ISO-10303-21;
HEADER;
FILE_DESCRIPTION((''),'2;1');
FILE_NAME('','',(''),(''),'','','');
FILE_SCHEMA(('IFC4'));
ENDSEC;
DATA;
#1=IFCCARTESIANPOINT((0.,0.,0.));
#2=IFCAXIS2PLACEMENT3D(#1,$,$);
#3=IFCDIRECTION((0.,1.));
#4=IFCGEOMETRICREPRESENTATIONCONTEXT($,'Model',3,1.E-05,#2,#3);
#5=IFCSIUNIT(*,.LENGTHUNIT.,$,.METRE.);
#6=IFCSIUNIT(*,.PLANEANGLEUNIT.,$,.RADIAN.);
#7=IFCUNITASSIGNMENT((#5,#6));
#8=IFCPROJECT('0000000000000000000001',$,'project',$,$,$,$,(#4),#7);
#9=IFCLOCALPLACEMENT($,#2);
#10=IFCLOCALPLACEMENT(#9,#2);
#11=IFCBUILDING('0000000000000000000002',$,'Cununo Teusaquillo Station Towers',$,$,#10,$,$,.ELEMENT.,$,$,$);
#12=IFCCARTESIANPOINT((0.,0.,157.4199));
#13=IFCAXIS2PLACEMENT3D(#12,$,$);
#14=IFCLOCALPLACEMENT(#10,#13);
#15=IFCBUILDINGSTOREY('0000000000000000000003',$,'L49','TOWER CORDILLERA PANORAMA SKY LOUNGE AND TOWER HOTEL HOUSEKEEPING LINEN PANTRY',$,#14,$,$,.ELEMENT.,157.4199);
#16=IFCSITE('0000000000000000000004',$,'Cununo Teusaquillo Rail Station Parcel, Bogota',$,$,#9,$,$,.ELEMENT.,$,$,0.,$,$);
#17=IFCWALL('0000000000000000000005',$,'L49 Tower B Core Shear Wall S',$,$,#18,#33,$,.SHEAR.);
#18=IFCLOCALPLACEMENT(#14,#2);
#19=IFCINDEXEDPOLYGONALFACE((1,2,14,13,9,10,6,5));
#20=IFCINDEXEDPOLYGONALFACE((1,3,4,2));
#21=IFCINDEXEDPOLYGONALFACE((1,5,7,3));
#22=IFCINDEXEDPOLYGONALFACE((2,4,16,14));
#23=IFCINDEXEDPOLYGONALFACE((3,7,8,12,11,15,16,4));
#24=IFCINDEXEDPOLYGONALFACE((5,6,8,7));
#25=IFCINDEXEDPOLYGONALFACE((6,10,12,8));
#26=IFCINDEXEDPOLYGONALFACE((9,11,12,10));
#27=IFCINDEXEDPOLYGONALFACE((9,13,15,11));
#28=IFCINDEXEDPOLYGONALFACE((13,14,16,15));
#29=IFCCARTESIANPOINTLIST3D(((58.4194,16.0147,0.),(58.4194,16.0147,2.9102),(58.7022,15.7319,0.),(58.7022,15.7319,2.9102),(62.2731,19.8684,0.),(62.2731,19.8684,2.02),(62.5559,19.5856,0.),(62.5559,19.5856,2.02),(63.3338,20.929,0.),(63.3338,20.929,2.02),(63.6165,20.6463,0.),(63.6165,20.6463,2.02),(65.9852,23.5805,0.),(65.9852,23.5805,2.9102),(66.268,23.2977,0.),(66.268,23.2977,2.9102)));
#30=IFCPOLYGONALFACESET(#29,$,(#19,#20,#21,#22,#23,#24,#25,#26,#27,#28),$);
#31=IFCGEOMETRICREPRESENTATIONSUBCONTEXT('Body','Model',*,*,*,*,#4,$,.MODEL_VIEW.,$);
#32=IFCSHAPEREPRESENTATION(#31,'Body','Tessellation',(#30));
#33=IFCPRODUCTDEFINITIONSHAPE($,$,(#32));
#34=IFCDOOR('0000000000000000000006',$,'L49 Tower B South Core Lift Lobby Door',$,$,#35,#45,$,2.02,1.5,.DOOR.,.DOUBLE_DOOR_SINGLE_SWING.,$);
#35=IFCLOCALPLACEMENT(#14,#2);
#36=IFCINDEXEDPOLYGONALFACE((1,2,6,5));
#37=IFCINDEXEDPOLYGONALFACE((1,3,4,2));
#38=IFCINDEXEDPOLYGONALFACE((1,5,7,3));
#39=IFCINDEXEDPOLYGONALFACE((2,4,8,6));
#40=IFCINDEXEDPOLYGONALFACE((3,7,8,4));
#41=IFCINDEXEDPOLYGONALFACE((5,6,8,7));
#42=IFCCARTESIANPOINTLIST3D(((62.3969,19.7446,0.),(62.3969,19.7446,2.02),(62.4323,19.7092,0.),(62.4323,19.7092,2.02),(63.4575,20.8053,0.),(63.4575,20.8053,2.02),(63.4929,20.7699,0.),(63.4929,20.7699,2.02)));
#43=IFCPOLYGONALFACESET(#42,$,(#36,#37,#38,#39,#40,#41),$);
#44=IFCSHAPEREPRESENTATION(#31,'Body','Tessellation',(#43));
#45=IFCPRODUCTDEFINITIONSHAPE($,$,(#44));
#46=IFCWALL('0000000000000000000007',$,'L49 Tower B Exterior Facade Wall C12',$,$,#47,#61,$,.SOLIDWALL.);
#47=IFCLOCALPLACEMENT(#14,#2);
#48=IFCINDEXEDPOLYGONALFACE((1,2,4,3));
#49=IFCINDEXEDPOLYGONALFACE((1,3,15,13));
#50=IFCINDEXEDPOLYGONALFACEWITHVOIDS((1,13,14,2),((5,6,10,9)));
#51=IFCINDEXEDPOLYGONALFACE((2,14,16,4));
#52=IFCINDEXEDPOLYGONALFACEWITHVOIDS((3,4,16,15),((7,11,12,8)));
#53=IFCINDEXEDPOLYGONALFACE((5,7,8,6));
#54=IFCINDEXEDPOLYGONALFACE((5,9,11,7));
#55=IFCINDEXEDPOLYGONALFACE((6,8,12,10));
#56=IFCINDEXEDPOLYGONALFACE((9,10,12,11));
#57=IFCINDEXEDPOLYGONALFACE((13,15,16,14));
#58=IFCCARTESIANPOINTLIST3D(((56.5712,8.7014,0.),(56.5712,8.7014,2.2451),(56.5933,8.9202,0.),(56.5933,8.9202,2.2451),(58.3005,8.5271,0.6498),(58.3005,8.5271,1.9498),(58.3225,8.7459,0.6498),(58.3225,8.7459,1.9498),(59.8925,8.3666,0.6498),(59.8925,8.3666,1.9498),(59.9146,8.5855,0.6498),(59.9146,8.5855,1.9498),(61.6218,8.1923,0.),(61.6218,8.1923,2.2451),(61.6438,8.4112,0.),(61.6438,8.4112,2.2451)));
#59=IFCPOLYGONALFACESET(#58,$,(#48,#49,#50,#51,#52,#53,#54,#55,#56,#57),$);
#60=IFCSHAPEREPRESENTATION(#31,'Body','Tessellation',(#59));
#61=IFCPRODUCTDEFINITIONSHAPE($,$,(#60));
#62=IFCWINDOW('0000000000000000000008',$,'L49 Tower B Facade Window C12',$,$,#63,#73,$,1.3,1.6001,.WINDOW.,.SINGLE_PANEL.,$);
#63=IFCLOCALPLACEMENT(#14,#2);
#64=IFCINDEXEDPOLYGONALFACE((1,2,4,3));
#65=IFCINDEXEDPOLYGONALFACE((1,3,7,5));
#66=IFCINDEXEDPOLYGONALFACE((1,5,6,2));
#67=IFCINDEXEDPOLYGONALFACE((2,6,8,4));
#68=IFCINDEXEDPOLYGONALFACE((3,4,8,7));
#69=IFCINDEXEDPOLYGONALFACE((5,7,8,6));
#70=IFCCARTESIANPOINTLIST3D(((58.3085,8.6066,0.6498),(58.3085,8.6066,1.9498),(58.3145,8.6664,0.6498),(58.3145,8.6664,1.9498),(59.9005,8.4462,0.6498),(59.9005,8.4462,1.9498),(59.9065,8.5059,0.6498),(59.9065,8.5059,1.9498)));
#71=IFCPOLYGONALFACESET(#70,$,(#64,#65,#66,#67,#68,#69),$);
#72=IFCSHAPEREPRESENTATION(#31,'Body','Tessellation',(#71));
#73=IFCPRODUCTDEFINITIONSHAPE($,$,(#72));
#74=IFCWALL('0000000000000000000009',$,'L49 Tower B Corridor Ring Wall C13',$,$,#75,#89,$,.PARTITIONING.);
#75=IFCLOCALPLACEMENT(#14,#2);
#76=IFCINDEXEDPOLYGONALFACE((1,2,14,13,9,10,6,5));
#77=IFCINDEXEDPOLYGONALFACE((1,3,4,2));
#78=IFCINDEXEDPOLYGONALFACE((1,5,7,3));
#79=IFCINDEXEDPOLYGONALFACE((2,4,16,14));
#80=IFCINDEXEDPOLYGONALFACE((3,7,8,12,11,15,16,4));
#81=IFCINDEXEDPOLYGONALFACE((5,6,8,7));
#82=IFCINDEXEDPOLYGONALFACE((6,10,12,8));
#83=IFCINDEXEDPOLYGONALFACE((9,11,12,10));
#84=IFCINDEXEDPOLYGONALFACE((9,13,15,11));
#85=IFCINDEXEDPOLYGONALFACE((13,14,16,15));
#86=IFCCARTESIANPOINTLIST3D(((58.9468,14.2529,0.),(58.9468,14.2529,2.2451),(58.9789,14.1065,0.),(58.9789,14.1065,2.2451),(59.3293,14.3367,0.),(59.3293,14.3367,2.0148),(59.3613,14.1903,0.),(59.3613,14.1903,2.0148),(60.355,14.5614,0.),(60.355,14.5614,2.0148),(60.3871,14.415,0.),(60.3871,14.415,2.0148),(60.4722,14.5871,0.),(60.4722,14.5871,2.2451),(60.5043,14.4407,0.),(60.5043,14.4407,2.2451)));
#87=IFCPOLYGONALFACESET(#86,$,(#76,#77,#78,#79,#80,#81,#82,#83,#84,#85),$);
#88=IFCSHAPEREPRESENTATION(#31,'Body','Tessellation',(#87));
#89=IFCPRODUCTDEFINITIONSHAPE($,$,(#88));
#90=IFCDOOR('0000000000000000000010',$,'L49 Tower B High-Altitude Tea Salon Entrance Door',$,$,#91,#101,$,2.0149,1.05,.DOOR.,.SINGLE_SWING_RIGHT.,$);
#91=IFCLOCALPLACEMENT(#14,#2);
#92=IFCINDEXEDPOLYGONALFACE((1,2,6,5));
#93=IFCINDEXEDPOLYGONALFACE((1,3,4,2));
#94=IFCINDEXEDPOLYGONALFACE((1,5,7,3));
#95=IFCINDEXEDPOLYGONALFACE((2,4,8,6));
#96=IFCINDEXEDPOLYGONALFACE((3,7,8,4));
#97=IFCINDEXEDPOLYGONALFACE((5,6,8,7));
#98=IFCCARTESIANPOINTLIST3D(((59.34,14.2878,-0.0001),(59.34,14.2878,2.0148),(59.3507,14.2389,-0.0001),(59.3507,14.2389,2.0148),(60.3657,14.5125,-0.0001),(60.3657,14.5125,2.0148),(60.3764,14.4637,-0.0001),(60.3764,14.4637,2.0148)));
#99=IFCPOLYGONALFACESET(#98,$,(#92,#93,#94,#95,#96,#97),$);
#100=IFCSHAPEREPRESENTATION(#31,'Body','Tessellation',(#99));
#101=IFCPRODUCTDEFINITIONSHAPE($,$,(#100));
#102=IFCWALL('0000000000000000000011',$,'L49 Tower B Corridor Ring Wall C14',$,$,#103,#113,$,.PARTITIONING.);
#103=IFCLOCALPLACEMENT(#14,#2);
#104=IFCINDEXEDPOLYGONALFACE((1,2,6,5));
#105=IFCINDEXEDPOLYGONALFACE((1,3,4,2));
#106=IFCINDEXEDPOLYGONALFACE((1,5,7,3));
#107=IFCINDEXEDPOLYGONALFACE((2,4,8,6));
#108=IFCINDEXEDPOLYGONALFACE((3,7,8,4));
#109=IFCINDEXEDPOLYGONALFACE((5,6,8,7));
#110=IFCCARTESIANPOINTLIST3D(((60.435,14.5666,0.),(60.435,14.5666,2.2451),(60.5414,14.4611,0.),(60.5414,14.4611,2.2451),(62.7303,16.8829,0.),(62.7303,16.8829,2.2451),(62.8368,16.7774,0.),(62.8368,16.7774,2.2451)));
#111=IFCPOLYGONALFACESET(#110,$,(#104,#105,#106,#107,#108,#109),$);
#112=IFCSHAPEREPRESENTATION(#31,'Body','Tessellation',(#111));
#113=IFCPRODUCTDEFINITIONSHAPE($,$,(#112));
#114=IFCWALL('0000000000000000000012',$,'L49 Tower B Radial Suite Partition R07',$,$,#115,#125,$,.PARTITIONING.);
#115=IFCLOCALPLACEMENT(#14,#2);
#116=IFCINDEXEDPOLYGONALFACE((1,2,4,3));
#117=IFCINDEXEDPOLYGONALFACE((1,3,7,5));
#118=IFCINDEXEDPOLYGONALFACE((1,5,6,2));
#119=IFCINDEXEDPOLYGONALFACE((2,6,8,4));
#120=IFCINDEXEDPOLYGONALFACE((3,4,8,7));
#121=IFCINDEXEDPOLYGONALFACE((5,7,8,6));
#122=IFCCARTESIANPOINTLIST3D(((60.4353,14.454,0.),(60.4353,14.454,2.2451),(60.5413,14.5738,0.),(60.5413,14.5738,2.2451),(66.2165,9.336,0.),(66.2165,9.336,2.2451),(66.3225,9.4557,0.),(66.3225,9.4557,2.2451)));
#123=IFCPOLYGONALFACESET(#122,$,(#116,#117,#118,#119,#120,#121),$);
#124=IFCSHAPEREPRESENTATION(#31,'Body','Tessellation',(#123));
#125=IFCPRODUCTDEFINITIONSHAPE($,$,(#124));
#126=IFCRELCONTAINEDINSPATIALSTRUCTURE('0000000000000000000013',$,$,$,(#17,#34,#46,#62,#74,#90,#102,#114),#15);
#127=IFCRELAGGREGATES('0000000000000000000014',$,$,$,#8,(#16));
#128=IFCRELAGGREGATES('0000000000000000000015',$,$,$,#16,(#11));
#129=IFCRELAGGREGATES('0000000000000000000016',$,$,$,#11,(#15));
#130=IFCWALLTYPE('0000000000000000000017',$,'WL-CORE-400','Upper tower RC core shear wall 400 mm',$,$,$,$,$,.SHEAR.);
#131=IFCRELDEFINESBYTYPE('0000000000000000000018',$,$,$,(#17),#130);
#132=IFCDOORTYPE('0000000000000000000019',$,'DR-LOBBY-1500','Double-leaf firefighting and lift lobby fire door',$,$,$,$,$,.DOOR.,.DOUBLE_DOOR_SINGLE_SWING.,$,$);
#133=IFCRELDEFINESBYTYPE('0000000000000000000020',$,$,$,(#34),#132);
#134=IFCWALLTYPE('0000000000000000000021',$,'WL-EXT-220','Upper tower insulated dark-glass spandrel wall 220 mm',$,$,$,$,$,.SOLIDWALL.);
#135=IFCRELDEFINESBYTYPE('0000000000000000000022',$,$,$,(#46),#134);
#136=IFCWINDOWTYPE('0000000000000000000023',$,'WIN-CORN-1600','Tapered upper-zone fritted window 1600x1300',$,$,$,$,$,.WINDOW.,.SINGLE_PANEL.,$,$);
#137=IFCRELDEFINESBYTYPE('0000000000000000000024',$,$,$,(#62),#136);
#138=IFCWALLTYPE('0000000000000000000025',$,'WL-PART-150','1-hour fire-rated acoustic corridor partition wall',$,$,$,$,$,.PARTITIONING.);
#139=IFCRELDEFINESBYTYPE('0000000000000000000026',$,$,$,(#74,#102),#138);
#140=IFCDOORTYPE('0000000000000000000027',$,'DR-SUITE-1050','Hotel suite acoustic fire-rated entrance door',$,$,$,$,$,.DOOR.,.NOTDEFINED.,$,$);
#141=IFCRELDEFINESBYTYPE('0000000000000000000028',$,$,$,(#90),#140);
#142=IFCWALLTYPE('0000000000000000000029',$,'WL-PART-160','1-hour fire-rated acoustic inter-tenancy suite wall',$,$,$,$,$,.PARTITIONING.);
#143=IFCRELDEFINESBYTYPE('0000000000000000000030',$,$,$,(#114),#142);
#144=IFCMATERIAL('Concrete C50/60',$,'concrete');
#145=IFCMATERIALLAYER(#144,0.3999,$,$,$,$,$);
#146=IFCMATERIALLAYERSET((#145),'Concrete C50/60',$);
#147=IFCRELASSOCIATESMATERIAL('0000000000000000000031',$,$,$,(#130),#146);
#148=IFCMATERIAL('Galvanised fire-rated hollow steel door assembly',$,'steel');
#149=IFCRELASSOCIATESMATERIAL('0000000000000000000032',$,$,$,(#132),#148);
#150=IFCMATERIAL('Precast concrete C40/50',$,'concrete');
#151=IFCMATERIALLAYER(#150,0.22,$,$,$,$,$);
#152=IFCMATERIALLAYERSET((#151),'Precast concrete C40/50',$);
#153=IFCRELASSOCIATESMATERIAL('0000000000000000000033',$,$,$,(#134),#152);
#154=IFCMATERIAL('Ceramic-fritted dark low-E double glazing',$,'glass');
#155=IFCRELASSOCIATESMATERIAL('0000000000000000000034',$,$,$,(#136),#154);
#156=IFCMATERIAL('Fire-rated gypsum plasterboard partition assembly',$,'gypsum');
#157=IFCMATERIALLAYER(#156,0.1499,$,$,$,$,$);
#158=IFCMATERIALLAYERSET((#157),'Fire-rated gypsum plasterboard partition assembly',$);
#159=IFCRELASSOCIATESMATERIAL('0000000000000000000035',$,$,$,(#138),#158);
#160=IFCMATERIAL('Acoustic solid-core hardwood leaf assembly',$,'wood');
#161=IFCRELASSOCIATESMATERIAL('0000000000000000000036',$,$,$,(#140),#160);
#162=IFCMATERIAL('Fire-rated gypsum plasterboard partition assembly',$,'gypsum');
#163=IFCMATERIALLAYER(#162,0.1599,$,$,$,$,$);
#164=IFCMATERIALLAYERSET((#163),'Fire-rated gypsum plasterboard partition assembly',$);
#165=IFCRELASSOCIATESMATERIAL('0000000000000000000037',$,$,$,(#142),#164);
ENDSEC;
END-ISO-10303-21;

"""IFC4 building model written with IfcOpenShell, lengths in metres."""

from ifc_helpers import new_model, si_unit, direction, frame, frame_2d, origin, place, context, subcontext, project, spatial, rectangle, extrude, source, transform, mapped, material, layer, layer_set, type_object, element, fill, save


model = new_model("IFC4")

# Units and contexts
model_context = context("Model", 3, precision=1e-05, world=origin(), true_north=direction((0.0, 1.0)))
body_context = subcontext(model_context, "Body", "Model", "MODEL_VIEW")
ifc_project = project(units=[si_unit("LENGTHUNIT", "METRE"), si_unit("PLANEANGLEUNIT", "RADIAN")], contexts=[model_context])

# Site, building, storey
site_placement = place(None, origin())
site = spatial("IfcSite", under=ifc_project, at=site_placement, Name="Cununo Teusaquillo Rail Station Parcel, Bogota", CompositionType="ELEMENT", RefElevation=0.0)
building_placement = place(site_placement, origin())
building = spatial("IfcBuilding", under=site, at=building_placement, Name="Cununo Teusaquillo Station Towers", CompositionType="ELEMENT")
storey_placement = place(building_placement, frame((0.0, 0.0, 157.4199)))
storey = spatial("IfcBuildingStorey", under=building, at=storey_placement, Name="L49", Description="TOWER CORDILLERA PANORAMA SKY LOUNGE AND TOWER HOTEL HOUSEKEEPING LINEN PANTRY", CompositionType="ELEMENT", Elevation=157.4199)

# Shared definitions
ifc_material_1 = material(Name="Concrete C50/60", Category="concrete")
ifc_layer_1 = layer(ifc_material_1, 0.3999)
ifc_layer_set_1 = layer_set([ifc_layer_1], Name="Concrete C50/60")
wall_type_1 = type_object("IfcWallType", Name="WL-CORE-400", Description="Upper tower RC core shear wall 400 mm", PredefinedType="SHEAR", material=ifc_layer_set_1)

# Wall, opening, door
wall_1_placement = place(storey_placement, frame((58.5608, 15.8733, 0.0), z_axis=(0.0, 0.0, 1.0), x_axis=(0.707107, 0.707107, 0.0)))
wall_1 = element("IfcWall", 1, at=wall_1_placement, inside=storey, type_object=wall_type_1, Name="L49 Tower B Core Shear Wall S", PredefinedType="SHEAR", context=body_context, shape_type="SweptSolid", body=[
    extrude(rectangle(XDim=10.6997, YDim=0.3999, at=frame_2d((5.3499, 0.0))), origin(), (0.0, 0.0, 1.0), 2.9102),
])
shared_shape_1 = source(origin(), body_context, "Body", "SweptSolid", [
    extrude(rectangle(XDim=1.5, YDim=2.02, at=frame_2d((0.75, 1.01))), frame((0.0, 0.21, 0.0), z_axis=(0.0, -1.0, 0.0), x_axis=(1.0, 0.0, 0.0)), (0.0, 0.0, 1.0), 0.4199),
])
opening_1_placement = place(wall_1_placement, frame((5.45, 0.0, 0.0)))
opening_1 = element("IfcOpeningElement", 2, at=opening_1_placement, cuts=wall_1, PredefinedType="OPENING", context=body_context, shape_type="MappedRepresentation", body=[
    mapped(shared_shape_1, transform((0.0, 0.0, 0.0), x_axis=(1.0, 0.0, 0.0), y_axis=(0.0, 1.0, 0.0), z_axis=(0.0, 0.0, 1.0), scale=1.0)),
])
ifc_material_2 = material(Name="Galvanised fire-rated hollow steel door assembly", Category="steel")
door_type_1 = type_object("IfcDoorType", Name="DR-LOBBY-1500", Description="Double-leaf firefighting and lift lobby fire door", OperationType="DOUBLE_DOOR_SINGLE_SWING", PredefinedType="DOOR", material=ifc_material_2)
shared_shape_2 = source(origin(), body_context, "Body", "SweptSolid", [
    extrude(rectangle(XDim=1.5, YDim=2.02, at=frame_2d((0.75, 1.01))), frame((0.0, 0.0249, 0.0), z_axis=(0.0, -1.0, 0.0), x_axis=(1.0, 0.0, 0.0)), (0.0, 0.0, 1.0), 0.05),
])
door_1_placement = place(opening_1_placement, origin())
door_1 = element("IfcDoor", 3, at=door_1_placement, inside=storey, type_object=door_type_1, Name="L49 Tower B South Core Lift Lobby Door", OperationType="DOUBLE_DOOR_SINGLE_SWING", OverallHeight=2.02, OverallWidth=1.5, PredefinedType="DOOR", context=body_context, shape_type="MappedRepresentation", body=[
    mapped(shared_shape_2, transform((0.0, 0.0, 0.0), x_axis=(1.0, 0.0, 0.0), y_axis=(0.0, 1.0, 0.0), z_axis=(0.0, 0.0, 1.0), scale=1.0)),
])
fill(opening_1, door_1)

# Wall, opening, window
ifc_material_3 = material(Name="Precast concrete C40/50", Category="concrete")
ifc_layer_2 = layer(ifc_material_3, 0.22)
ifc_layer_set_2 = layer_set([ifc_layer_2], Name="Precast concrete C40/50")
wall_type_2 = type_object("IfcWallType", Name="WL-EXT-220", Description="Upper tower insulated dark-glass spandrel wall 220 mm", PredefinedType="SOLIDWALL", material=ifc_layer_set_2)
wall_2_placement = place(storey_placement, frame((61.6328, 8.3018, 0.0), z_axis=(0.0, 0.0, 1.0), x_axis=(-0.994959, 0.10028, 0.0)))
wall_2 = element("IfcWall", 4, at=wall_2_placement, inside=storey, type_object=wall_type_2, Name="L49 Tower B Exterior Facade Wall C12", PredefinedType="SOLIDWALL", context=body_context, shape_type="SweptSolid", body=[
    extrude(rectangle(XDim=5.0762, YDim=0.22, at=frame_2d((2.5381, 0.0))), origin(), (0.0, 0.0, 1.0), 2.2451),
])
shared_shape_3 = source(origin(), body_context, "Body", "SweptSolid", [
    extrude(rectangle(XDim=1.6001, YDim=1.3, at=frame_2d((0.8, 0.6499))), frame((0.0, 0.1199, 0.0), z_axis=(0.0, -1.0, 0.0), x_axis=(1.0, 0.0, 0.0)), (0.0, 0.0, 1.0), 0.24),
])
opening_2_placement = place(wall_2_placement, frame((1.738, 0.0, 0.6499)))
opening_2 = element("IfcOpeningElement", 5, at=opening_2_placement, cuts=wall_2, PredefinedType="OPENING", context=body_context, shape_type="MappedRepresentation", body=[
    mapped(shared_shape_3, transform((0.0, 0.0, 0.0), x_axis=(1.0, 0.0, 0.0), y_axis=(0.0, 1.0, 0.0), z_axis=(0.0, 0.0, 1.0), scale=1.0)),
])
ifc_material_4 = material(Name="Ceramic-fritted dark low-E double glazing", Category="glass")
window_type = type_object("IfcWindowType", Name="WIN-CORN-1600", Description="Tapered upper-zone fritted window 1600x1300", PartitioningType="SINGLE_PANEL", PredefinedType="WINDOW", material=ifc_material_4)
shared_shape_4 = source(origin(), body_context, "Body", "SweptSolid", [
    extrude(rectangle(XDim=1.6001, YDim=1.3, at=frame_2d((0.8, 0.6499))), frame((0.0, 0.03, 0.0), z_axis=(0.0, -1.0, 0.0), x_axis=(1.0, 0.0, 0.0)), (0.0, 0.0, 1.0), 0.0601),
])
window_placement = place(opening_2_placement, origin())
window = element("IfcWindow", 6, at=window_placement, inside=storey, type_object=window_type, Name="L49 Tower B Facade Window C12", OverallHeight=1.3, OverallWidth=1.6001, PartitioningType="SINGLE_PANEL", PredefinedType="WINDOW", context=body_context, shape_type="MappedRepresentation", body=[
    mapped(shared_shape_4, transform((0.0, 0.0, 0.0), x_axis=(1.0, 0.0, 0.0), y_axis=(0.0, 1.0, 0.0), z_axis=(0.0, 0.0, 1.0), scale=1.0)),
])
fill(opening_2, window)

# Wall, opening, door
ifc_material_5 = material(Name="Fire-rated gypsum plasterboard partition assembly", Category="gypsum")
ifc_layer_3 = layer(ifc_material_5, 0.1499)
ifc_layer_set_3 = layer_set([ifc_layer_3], Name="Fire-rated gypsum plasterboard partition assembly")
wall_type_3 = type_object("IfcWallType", Name="WL-PART-150", Description="1-hour fire-rated acoustic corridor partition wall", PredefinedType="PARTITIONING", material=ifc_layer_set_3)
wall_3_placement = place(storey_placement, frame((58.9629, 14.1797, 0.0), z_axis=(0.0, 0.0, 1.0), x_axis=(0.976827, 0.214033, 0.0)))
wall_3 = element("IfcWall", 7, at=wall_3_placement, inside=storey, type_object=wall_type_3, Name="L49 Tower B Corridor Ring Wall C13", PredefinedType="PARTITIONING", context=body_context, shape_type="SweptSolid", body=[
    extrude(rectangle(XDim=1.5615, YDim=0.1499, at=frame_2d((0.7808, 0.0))), origin(), (0.0, 0.0, 1.0), 2.2451),
])
shared_shape_5 = source(origin(), body_context, "Body", "SweptSolid", [
    extrude(rectangle(XDim=1.05, YDim=2.0149, at=frame_2d((0.5249, 1.0073))), frame((0.0, 0.085, 0.0), z_axis=(0.0, -1.0, 0.0), x_axis=(1.0, 0.0, 0.0)), (0.0, 0.0, 1.0), 0.1699),
])
opening_3_placement = place(wall_3_placement, frame((0.3916, 0.0, 0.0)))
opening_3 = element("IfcOpeningElement", 8, at=opening_3_placement, cuts=wall_3, PredefinedType="OPENING", context=body_context, shape_type="MappedRepresentation", body=[
    mapped(shared_shape_5, transform((0.0, 0.0, 0.0), x_axis=(1.0, 0.0, 0.0), y_axis=(0.0, 1.0, 0.0), z_axis=(0.0, 0.0, 1.0), scale=1.0)),
])
ifc_material_6 = material(Name="Acoustic solid-core hardwood leaf assembly", Category="wood")
door_type_2 = type_object("IfcDoorType", Name="DR-SUITE-1050", Description="Hotel suite acoustic fire-rated entrance door", OperationType="NOTDEFINED", PredefinedType="DOOR", material=ifc_material_6)
shared_shape_6 = source(origin(), body_context, "Body", "SweptSolid", [
    extrude(rectangle(XDim=1.05, YDim=2.0149, at=frame_2d((0.5249, 1.0073))), frame((0.0, 0.0249, 0.0), z_axis=(0.0, -1.0, 0.0), x_axis=(1.0, 0.0, 0.0)), (0.0, 0.0, 1.0), 0.05),
])
door_2_placement = place(opening_3_placement, origin())
door_2 = element("IfcDoor", 9, at=door_2_placement, inside=storey, type_object=door_type_2, Name="L49 Tower B High-Altitude Tea Salon Entrance Door", OperationType="SINGLE_SWING_RIGHT", OverallHeight=2.0149, OverallWidth=1.05, PredefinedType="DOOR", context=body_context, shape_type="MappedRepresentation", body=[
    mapped(shared_shape_6, transform((0.0, 0.0, 0.0), x_axis=(1.0, 0.0, 0.0), y_axis=(0.0, 1.0, 0.0), z_axis=(0.0, 0.0, 1.0), scale=1.0)),
])
fill(opening_3, door_2)

# Walls
wall_4_placement = place(storey_placement, frame((60.4883, 14.5139, 0.0), z_axis=(0.0, 0.0, 1.0), x_axis=(0.70388, 0.710319, 0.0)))
element("IfcWall", 10, at=wall_4_placement, inside=storey, type_object=wall_type_3, Name="L49 Tower B Corridor Ring Wall C14", PredefinedType="PARTITIONING", context=body_context, shape_type="SweptSolid", body=[
    extrude(rectangle(XDim=3.261, YDim=0.1499, at=frame_2d((1.6304, 0.0))), origin(), (0.0, 0.0, 1.0), 2.2451),
])
ifc_material_7 = material(Name="Fire-rated gypsum plasterboard partition assembly", Category="gypsum")
ifc_layer_4 = layer(ifc_material_7, 0.1599)
ifc_layer_set_4 = layer_set([ifc_layer_4], Name="Fire-rated gypsum plasterboard partition assembly")
wall_type_4 = type_object("IfcWallType", Name="WL-PART-160", Description="1-hour fire-rated acoustic inter-tenancy suite wall", PredefinedType="PARTITIONING", material=ifc_layer_set_4)
wall_5_placement = place(storey_placement, frame((60.4883, 14.5139, 0.0), z_axis=(0.0, 0.0, 1.0), x_axis=(0.748741, -0.662863, 0.0)))
element("IfcWall", 11, at=wall_5_placement, inside=storey, type_object=wall_type_4, Name="L49 Tower B Radial Suite Partition R07", PredefinedType="PARTITIONING", context=body_context, shape_type="SweptSolid", body=[
    extrude(rectangle(XDim=7.7212, YDim=0.1599, at=frame_2d((3.8606, 0.0))), origin(), (0.0, 0.0, 1.0), 2.2451),
])

save(model, "model.ifc")
